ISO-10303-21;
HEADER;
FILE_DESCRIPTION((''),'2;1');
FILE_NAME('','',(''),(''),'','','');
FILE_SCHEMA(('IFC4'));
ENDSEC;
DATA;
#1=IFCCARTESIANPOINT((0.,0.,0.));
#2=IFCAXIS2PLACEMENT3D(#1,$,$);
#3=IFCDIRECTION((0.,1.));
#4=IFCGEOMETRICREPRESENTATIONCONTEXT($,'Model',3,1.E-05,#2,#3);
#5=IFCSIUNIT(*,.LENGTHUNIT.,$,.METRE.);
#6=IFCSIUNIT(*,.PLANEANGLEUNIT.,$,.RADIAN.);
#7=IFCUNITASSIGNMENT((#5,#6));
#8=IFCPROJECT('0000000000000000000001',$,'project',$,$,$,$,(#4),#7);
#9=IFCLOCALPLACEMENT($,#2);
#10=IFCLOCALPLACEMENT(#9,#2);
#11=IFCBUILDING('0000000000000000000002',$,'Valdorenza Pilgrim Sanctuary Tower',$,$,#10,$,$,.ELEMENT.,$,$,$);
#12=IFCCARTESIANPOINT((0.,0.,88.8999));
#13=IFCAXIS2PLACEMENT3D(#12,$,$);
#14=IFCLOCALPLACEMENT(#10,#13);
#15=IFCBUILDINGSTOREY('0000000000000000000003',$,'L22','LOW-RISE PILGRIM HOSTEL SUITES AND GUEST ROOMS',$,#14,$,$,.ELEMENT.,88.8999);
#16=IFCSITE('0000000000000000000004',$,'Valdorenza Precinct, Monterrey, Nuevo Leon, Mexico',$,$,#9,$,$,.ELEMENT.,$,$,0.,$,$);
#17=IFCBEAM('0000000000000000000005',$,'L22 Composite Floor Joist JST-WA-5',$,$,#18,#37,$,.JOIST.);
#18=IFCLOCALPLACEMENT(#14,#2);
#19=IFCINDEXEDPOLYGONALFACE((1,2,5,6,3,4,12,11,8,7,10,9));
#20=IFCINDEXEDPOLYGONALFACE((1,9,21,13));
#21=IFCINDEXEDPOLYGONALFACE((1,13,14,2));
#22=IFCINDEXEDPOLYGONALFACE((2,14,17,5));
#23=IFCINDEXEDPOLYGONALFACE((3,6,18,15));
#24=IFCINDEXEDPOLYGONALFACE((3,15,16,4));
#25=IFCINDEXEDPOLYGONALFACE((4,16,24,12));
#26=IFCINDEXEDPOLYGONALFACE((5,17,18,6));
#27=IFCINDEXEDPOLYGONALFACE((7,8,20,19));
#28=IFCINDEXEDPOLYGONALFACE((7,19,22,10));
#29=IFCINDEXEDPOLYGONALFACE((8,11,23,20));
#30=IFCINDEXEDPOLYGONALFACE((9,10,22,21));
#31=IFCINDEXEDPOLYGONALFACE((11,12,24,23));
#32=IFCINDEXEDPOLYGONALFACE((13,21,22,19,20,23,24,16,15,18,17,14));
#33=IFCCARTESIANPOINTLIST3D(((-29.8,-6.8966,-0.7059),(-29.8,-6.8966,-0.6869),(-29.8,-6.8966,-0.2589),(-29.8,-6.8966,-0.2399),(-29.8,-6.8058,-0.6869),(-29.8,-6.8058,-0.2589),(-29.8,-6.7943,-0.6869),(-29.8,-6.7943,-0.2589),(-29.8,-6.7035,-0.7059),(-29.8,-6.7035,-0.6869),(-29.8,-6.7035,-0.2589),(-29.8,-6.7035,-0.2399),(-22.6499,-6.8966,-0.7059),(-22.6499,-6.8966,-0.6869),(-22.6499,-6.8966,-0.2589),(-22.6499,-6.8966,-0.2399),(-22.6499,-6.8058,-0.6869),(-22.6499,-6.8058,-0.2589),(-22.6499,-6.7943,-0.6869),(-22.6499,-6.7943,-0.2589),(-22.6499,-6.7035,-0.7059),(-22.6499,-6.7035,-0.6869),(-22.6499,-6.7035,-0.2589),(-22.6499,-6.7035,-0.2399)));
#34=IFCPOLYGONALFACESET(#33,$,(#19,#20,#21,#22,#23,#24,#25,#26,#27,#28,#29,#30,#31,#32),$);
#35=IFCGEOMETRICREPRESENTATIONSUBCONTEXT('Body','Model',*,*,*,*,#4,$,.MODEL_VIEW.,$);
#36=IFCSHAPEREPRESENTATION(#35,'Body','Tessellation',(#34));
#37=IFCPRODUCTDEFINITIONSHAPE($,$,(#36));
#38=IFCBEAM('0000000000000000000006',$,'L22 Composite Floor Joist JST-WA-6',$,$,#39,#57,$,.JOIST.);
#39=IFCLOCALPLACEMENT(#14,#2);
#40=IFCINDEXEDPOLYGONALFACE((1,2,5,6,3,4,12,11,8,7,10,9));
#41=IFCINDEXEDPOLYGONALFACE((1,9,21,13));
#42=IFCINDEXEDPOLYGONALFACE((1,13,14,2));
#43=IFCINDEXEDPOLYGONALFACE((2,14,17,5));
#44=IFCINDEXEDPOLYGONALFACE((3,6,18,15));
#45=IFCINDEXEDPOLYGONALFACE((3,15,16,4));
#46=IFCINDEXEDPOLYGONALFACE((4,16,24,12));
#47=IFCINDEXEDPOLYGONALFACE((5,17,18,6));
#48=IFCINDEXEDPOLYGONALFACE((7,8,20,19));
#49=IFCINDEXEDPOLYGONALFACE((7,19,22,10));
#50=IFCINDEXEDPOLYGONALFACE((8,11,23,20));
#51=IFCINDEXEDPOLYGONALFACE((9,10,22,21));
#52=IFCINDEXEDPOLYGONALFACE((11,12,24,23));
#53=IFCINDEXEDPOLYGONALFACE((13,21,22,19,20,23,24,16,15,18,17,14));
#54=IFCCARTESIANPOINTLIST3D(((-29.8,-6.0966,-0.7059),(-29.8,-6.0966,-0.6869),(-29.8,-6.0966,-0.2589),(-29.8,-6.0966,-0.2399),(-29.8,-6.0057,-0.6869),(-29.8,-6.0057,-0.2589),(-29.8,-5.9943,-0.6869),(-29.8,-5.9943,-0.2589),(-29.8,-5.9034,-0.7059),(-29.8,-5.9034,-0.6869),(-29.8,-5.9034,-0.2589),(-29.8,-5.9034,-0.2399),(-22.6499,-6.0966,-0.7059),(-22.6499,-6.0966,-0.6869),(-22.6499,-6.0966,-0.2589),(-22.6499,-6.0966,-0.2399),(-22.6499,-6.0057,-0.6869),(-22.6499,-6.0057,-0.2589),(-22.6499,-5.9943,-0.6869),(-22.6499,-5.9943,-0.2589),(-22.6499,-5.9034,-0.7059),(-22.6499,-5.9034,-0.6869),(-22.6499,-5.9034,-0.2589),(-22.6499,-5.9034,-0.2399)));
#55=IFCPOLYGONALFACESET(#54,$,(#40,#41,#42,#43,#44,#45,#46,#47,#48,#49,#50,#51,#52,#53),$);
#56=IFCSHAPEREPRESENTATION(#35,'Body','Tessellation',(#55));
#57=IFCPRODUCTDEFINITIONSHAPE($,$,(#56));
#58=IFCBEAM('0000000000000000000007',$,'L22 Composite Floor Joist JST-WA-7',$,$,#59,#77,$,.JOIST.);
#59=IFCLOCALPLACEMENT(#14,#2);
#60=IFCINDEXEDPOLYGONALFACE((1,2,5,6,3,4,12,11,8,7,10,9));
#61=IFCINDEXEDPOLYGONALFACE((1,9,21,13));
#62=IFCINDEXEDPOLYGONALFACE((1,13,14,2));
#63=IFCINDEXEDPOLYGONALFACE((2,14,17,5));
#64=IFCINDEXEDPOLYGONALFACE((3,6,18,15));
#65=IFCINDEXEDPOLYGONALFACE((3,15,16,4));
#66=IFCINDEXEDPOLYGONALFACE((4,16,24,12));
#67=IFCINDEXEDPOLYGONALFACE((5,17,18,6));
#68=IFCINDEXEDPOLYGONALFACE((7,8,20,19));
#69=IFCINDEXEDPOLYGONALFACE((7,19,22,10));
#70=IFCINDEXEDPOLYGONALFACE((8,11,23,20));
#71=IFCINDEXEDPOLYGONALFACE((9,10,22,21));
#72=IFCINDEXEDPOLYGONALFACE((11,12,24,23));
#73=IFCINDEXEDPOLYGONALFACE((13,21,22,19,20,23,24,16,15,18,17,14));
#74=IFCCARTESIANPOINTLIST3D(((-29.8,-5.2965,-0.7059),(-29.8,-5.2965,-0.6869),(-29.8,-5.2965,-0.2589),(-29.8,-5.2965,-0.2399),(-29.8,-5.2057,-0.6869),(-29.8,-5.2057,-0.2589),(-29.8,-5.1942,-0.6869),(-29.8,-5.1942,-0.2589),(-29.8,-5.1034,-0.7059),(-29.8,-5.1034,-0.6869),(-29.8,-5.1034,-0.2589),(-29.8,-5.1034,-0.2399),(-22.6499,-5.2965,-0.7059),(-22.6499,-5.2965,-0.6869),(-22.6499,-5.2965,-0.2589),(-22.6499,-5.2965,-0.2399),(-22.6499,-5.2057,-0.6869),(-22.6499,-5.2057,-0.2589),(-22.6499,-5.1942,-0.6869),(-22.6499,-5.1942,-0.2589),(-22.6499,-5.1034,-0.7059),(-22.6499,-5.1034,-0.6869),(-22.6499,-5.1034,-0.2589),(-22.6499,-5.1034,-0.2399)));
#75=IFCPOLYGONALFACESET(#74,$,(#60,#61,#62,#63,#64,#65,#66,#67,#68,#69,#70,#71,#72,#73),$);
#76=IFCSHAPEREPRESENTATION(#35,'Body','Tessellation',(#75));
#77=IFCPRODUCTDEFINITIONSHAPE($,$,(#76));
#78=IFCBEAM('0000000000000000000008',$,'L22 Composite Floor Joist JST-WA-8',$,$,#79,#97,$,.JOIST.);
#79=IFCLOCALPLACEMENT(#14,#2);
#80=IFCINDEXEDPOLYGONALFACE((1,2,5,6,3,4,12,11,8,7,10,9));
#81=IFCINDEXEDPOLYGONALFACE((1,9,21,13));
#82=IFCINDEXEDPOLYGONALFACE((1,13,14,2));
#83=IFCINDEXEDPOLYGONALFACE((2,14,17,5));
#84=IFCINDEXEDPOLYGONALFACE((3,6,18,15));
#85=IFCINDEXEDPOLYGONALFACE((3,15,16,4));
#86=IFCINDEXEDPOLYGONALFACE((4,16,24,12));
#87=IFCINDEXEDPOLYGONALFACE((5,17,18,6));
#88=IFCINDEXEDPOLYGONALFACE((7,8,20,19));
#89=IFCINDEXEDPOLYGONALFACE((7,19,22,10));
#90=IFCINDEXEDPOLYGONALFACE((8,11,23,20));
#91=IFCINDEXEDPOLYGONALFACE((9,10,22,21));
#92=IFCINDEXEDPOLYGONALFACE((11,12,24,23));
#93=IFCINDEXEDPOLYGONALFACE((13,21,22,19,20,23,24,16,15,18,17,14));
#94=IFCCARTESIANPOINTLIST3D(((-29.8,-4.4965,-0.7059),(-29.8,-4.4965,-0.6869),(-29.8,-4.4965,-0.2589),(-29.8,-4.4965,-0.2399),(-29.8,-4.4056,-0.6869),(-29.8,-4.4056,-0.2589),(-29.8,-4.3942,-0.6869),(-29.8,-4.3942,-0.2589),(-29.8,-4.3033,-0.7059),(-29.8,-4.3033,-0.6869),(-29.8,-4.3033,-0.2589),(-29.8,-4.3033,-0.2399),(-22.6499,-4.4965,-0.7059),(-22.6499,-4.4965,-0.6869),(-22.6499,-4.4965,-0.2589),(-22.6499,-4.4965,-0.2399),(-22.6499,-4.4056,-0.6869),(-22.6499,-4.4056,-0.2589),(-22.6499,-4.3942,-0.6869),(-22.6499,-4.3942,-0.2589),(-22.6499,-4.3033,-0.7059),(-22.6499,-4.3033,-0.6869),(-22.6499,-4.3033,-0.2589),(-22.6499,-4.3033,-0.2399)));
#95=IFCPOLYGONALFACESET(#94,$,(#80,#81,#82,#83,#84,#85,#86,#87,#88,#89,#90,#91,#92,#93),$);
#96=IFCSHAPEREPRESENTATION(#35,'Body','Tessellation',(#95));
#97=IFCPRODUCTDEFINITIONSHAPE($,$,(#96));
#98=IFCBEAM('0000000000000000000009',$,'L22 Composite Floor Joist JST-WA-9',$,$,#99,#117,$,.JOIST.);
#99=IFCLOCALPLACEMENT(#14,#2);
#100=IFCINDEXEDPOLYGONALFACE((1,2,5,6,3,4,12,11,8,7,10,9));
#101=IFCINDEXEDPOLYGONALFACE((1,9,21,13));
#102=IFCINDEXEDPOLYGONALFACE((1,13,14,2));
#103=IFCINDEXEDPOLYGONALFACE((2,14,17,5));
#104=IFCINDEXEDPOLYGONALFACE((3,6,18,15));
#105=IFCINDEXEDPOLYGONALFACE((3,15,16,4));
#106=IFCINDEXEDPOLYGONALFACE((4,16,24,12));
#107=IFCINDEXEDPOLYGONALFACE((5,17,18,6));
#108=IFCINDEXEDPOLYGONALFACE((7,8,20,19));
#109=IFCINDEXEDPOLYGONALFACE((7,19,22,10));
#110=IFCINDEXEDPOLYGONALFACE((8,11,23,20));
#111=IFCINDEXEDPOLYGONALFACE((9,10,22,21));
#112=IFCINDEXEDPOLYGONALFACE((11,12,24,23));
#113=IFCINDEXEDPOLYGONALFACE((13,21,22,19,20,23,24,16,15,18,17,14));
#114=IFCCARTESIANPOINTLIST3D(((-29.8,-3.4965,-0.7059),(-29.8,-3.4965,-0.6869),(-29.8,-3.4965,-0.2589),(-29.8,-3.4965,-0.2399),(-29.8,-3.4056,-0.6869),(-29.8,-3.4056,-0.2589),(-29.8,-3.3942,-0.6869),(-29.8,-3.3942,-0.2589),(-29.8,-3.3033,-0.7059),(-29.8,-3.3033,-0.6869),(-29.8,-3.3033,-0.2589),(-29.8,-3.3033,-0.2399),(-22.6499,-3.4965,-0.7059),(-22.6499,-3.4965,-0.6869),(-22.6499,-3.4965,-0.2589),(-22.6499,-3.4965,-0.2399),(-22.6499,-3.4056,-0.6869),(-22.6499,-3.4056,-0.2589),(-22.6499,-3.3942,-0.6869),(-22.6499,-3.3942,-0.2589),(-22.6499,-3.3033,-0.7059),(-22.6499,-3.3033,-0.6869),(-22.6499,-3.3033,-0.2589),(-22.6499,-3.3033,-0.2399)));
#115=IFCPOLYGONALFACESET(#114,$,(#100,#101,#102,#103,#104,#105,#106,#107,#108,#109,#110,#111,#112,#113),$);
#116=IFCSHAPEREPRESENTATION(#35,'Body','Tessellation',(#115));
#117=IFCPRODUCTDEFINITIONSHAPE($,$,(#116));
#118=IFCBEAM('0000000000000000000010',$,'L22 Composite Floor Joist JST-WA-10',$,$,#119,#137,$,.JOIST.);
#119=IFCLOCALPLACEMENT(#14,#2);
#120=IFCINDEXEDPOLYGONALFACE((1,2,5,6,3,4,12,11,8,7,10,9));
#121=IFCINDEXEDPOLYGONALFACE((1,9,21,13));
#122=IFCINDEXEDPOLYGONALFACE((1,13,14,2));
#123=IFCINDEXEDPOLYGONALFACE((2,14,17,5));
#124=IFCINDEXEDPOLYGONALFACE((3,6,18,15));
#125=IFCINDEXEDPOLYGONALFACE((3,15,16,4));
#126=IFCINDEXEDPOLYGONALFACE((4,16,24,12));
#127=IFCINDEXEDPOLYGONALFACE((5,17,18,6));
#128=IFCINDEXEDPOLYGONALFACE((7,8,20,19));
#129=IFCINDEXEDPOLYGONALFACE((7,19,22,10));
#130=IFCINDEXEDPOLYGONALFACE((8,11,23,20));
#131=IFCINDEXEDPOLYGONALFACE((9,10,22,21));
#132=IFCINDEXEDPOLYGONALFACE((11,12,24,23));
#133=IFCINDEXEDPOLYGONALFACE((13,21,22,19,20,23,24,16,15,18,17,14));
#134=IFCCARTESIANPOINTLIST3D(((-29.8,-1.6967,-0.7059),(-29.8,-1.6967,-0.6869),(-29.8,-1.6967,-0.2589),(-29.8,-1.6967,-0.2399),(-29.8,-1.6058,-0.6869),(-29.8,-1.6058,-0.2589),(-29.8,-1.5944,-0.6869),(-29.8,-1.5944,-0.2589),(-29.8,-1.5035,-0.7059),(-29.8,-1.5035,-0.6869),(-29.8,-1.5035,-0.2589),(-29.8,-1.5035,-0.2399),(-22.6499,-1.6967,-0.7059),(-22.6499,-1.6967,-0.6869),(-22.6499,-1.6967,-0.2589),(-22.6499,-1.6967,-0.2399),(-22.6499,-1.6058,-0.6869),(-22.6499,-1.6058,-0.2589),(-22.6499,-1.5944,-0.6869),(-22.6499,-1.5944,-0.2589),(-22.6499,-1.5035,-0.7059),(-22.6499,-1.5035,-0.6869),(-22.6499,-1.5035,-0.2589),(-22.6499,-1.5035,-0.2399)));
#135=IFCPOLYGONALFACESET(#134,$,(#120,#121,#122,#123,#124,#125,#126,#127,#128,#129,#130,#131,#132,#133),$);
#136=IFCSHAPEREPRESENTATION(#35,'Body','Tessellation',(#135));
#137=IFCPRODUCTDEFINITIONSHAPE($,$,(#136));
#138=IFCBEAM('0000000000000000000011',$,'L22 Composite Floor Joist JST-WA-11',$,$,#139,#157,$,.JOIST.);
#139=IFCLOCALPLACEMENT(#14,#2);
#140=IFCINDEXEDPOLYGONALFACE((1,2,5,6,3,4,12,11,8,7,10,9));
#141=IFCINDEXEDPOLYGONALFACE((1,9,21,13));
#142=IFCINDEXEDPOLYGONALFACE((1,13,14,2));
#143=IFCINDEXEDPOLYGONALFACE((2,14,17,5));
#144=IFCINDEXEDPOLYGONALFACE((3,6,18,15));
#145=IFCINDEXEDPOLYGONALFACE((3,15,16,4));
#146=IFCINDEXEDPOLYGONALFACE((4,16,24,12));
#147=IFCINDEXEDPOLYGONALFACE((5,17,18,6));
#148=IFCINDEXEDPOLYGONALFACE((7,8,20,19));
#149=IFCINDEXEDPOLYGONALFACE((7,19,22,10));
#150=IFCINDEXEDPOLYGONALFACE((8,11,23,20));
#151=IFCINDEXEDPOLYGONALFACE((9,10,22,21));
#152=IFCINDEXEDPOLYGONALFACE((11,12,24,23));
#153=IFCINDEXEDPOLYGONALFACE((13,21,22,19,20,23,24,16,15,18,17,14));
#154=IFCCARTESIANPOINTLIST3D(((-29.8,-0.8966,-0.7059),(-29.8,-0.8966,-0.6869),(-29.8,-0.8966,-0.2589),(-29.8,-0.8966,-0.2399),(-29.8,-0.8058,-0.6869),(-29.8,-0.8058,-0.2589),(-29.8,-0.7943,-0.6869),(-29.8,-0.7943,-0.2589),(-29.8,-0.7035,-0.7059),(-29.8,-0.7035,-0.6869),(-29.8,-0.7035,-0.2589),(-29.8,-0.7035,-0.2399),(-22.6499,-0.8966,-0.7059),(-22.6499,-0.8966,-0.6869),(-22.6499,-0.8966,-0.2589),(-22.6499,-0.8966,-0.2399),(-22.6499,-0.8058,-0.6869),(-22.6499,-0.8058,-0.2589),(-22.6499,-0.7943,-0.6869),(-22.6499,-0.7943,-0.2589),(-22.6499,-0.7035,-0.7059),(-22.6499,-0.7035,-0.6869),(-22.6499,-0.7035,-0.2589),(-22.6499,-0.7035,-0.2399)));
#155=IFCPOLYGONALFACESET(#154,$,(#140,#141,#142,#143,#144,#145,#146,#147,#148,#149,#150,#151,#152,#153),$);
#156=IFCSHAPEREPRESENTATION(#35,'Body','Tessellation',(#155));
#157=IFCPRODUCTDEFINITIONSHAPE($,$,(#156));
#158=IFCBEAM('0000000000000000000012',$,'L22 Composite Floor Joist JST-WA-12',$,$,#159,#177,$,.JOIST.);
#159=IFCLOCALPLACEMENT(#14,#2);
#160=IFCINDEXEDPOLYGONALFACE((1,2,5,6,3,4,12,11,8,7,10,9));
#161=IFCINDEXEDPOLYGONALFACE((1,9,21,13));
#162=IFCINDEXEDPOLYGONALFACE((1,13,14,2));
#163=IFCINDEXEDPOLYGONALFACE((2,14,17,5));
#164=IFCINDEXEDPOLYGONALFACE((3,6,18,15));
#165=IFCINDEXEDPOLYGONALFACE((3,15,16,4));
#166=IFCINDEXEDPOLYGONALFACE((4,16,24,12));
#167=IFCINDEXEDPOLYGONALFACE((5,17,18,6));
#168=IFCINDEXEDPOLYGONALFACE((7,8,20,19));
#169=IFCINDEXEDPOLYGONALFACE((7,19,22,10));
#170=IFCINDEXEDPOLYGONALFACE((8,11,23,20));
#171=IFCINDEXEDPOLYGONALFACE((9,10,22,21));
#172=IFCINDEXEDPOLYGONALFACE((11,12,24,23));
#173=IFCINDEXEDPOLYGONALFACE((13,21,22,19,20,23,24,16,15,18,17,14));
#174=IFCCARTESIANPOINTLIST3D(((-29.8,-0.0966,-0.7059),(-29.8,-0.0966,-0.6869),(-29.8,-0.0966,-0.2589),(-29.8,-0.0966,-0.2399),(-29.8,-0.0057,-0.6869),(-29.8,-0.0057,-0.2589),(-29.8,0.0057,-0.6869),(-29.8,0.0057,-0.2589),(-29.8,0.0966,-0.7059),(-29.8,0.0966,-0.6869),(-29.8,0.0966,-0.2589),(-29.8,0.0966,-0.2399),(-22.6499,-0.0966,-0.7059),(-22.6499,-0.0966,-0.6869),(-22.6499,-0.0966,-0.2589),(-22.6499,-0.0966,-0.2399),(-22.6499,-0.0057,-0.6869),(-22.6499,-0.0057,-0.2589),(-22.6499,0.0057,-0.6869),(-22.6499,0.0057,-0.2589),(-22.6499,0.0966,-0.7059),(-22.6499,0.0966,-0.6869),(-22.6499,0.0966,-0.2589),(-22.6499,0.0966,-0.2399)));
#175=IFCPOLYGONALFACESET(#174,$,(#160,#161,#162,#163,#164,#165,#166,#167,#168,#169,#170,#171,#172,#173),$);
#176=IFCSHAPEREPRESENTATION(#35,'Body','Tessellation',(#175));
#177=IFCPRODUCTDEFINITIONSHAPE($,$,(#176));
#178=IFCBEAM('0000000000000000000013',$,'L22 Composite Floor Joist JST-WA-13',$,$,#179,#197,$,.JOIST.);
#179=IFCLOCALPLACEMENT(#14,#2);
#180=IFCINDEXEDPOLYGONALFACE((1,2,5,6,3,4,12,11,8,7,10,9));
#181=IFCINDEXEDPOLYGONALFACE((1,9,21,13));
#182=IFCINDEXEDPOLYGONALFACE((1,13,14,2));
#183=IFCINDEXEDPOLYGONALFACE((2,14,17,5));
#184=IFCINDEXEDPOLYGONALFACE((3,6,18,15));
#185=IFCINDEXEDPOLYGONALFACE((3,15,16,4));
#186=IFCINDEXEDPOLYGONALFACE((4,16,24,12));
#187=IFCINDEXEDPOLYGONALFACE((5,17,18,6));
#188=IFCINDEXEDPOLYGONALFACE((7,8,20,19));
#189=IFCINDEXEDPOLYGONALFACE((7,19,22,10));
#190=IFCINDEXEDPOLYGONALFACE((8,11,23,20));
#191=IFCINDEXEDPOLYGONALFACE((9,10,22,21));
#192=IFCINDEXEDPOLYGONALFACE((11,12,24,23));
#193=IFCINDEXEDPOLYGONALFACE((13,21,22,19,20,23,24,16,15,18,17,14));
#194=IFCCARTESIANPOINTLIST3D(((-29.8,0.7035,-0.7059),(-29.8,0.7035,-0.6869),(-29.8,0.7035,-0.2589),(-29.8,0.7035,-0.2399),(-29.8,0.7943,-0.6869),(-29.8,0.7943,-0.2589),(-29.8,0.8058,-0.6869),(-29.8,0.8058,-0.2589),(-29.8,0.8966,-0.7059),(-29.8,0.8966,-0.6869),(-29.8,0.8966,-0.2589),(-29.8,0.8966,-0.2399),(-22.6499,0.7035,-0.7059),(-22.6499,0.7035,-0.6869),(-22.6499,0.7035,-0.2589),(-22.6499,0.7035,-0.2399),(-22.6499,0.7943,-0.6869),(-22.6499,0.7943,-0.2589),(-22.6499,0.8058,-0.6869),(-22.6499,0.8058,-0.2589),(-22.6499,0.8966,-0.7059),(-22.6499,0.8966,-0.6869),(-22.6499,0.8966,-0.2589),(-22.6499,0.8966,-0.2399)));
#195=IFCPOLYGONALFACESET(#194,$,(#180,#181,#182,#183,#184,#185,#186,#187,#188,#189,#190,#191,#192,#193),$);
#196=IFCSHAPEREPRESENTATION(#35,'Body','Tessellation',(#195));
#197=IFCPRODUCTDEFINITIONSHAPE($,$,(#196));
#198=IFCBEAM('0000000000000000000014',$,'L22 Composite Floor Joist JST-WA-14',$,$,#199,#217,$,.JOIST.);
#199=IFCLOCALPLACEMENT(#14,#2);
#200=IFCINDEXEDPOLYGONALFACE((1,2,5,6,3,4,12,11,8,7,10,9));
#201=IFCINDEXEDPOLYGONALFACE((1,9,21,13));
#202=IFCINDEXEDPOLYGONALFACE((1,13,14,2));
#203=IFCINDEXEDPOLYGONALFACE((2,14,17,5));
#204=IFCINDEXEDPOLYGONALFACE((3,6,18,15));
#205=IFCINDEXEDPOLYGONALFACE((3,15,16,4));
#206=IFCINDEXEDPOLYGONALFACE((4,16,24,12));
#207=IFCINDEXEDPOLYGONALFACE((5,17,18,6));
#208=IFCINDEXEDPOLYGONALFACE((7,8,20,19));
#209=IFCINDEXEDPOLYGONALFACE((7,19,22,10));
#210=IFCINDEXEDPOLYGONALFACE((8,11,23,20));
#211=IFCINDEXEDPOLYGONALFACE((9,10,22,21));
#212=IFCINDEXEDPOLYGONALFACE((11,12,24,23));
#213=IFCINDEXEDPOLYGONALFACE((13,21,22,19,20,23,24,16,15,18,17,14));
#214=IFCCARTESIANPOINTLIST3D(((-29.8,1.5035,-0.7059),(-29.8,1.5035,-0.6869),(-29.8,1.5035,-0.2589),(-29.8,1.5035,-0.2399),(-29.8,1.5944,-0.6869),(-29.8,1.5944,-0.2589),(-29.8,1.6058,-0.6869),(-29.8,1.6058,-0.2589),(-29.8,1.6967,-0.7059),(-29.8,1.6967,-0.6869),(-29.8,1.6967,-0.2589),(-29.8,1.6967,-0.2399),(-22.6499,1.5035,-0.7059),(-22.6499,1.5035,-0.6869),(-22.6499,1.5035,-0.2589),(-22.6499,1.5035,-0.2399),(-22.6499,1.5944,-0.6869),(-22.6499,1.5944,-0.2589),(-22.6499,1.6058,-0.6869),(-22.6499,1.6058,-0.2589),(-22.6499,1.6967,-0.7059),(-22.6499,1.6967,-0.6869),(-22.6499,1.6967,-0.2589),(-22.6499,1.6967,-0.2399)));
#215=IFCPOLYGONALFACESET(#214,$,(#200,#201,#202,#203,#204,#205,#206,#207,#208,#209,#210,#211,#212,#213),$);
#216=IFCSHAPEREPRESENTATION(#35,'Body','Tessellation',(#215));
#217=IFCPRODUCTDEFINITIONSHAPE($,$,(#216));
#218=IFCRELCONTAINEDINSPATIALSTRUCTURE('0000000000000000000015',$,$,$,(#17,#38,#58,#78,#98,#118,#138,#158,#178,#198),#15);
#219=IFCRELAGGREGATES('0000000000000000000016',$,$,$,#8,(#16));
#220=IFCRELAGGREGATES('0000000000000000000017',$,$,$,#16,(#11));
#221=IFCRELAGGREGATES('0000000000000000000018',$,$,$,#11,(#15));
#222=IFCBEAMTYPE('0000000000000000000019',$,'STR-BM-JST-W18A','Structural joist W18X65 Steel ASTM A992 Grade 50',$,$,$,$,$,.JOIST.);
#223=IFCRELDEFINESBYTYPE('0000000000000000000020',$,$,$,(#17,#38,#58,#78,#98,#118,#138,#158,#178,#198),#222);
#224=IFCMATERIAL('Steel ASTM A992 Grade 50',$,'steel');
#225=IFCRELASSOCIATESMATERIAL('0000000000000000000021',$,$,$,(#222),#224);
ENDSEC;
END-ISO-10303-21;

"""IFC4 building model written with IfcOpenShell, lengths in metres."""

from ifc_helpers import new_model, si_unit, direction, frame, origin, origin_2d, place, context, subcontext, project, spatial, i_section, extrude, source, transform, mapped, material, material_profile, profile_set, type_object, element, save


model = new_model("IFC4")

# Units and contexts
model_context = context("Model", 3, precision=1e-05, world=origin(), true_north=direction((0.0, 1.0)))
body_context = subcontext(model_context, "Body", "Model", "MODEL_VIEW")
ifc_project = project(units=[si_unit("LENGTHUNIT", "METRE"), si_unit("PLANEANGLEUNIT", "RADIAN")], contexts=[model_context])

# Site, building, storey
site_placement = place(None, origin())
site = spatial("IfcSite", under=ifc_project, at=site_placement, Name="Valdorenza Precinct, Monterrey, Nuevo Leon, Mexico", CompositionType="ELEMENT", RefElevation=0.0)
building_placement = place(site_placement, origin())
building = spatial("IfcBuilding", under=site, at=building_placement, Name="Valdorenza Pilgrim Sanctuary Tower", CompositionType="ELEMENT")
storey_placement = place(building_placement, frame((0.0, 0.0, 88.8999)))
storey = spatial("IfcBuildingStorey", under=building, at=storey_placement, Name="L22", Description="LOW-RISE PILGRIM HOSTEL SUITES AND GUEST ROOMS", CompositionType="ELEMENT", Elevation=88.8999)

# Beams
ifc_material_1 = material(Name="Steel ASTM A992 Grade 50", Category="steel")
ifc_material_profile_1 = material_profile(ifc_material_1, i_section(OverallWidth=0.1931, OverallDepth=0.4661, WebThickness=0.0115, FlangeThickness=0.019, at=origin_2d()), Name="W18X65")
ifc_profile_set_1 = profile_set([ifc_material_profile_1], Name="Steel ASTM A992 Grade 50")
beam_type_1 = type_object("IfcBeamType", Name="STR-BM-JST-W18A", Description="Structural joist W18X65 Steel ASTM A992 Grade 50", PredefinedType="JOIST", material=ifc_profile_set_1)
shared_shape_1 = source(origin(), body_context, "Body", "SweptSolid", [
    extrude(i_section(OverallWidth=0.1931, OverallDepth=0.4661, WebThickness=0.0115, FlangeThickness=0.019, at=origin_2d()), origin(), (0.0, 0.0, 1.0), 7.1501),
])
for number, where, z_axis, x_axis, name in (
    (1, (-29.8, -6.8, -0.4729), (1.0, 0.0, 0.0), (0.0, 1.0, 0.0), "L22 Composite Floor Joist JST-WA-5"),
    (2, (-29.8, -6.0, -0.4729), (1.0, 0.0, 0.0), (0.0, 1.0, 0.0), "L22 Composite Floor Joist JST-WA-6"),
    (3, (-29.8, -5.2, -0.4729), (1.0, 0.0, 0.0), (0.0, 1.0, 0.0), "L22 Composite Floor Joist JST-WA-7"),
    (4, (-29.8, -4.3999, -0.4729), (1.0, 0.0, 0.0), (0.0, 1.0, 0.0), "L22 Composite Floor Joist JST-WA-8"),
    (5, (-29.8, -3.3999, -0.4729), (1.0, 0.0, 0.0), (0.0, 1.0, 0.0), "L22 Composite Floor Joist JST-WA-9"),
    (6, (-29.8, -1.6001, -0.4729), (1.0, 0.0, 0.0), (0.0, 1.0, 0.0), "L22 Composite Floor Joist JST-WA-10"),
    (7, (-29.8, -0.8, -0.4729), (1.0, 0.0, 0.0), (0.0, 1.0, 0.0), "L22 Composite Floor Joist JST-WA-11"),
    (8, (-29.8, 0.0, -0.4729), (1.0, 0.0, 0.0), (0.0, 1.0, 0.0), "L22 Composite Floor Joist JST-WA-12"),
    (9, (-29.8, 0.8, -0.4729), (1.0, 0.0, 0.0), (0.0, 1.0, 0.0), "L22 Composite Floor Joist JST-WA-13"),
    (10, (-29.8, 1.6001, -0.4729), (1.0, 0.0, 0.0), (0.0, 1.0, 0.0), "L22 Composite Floor Joist JST-WA-14"),
):
    element("IfcBeam", number, at=place(storey_placement, frame(where, z_axis=z_axis, x_axis=x_axis)), inside=storey, type_object=beam_type_1, Name=name, PredefinedType="JOIST", context=body_context, shape_type="MappedRepresentation", body=[
        mapped(shared_shape_1, transform((0.0, 0.0, 0.0), x_axis=(1.0, 0.0, 0.0), y_axis=(0.0, 1.0, 0.0), z_axis=(0.0, 0.0, 1.0), scale=1.0)),
    ])

save(model, "model.ifc")
